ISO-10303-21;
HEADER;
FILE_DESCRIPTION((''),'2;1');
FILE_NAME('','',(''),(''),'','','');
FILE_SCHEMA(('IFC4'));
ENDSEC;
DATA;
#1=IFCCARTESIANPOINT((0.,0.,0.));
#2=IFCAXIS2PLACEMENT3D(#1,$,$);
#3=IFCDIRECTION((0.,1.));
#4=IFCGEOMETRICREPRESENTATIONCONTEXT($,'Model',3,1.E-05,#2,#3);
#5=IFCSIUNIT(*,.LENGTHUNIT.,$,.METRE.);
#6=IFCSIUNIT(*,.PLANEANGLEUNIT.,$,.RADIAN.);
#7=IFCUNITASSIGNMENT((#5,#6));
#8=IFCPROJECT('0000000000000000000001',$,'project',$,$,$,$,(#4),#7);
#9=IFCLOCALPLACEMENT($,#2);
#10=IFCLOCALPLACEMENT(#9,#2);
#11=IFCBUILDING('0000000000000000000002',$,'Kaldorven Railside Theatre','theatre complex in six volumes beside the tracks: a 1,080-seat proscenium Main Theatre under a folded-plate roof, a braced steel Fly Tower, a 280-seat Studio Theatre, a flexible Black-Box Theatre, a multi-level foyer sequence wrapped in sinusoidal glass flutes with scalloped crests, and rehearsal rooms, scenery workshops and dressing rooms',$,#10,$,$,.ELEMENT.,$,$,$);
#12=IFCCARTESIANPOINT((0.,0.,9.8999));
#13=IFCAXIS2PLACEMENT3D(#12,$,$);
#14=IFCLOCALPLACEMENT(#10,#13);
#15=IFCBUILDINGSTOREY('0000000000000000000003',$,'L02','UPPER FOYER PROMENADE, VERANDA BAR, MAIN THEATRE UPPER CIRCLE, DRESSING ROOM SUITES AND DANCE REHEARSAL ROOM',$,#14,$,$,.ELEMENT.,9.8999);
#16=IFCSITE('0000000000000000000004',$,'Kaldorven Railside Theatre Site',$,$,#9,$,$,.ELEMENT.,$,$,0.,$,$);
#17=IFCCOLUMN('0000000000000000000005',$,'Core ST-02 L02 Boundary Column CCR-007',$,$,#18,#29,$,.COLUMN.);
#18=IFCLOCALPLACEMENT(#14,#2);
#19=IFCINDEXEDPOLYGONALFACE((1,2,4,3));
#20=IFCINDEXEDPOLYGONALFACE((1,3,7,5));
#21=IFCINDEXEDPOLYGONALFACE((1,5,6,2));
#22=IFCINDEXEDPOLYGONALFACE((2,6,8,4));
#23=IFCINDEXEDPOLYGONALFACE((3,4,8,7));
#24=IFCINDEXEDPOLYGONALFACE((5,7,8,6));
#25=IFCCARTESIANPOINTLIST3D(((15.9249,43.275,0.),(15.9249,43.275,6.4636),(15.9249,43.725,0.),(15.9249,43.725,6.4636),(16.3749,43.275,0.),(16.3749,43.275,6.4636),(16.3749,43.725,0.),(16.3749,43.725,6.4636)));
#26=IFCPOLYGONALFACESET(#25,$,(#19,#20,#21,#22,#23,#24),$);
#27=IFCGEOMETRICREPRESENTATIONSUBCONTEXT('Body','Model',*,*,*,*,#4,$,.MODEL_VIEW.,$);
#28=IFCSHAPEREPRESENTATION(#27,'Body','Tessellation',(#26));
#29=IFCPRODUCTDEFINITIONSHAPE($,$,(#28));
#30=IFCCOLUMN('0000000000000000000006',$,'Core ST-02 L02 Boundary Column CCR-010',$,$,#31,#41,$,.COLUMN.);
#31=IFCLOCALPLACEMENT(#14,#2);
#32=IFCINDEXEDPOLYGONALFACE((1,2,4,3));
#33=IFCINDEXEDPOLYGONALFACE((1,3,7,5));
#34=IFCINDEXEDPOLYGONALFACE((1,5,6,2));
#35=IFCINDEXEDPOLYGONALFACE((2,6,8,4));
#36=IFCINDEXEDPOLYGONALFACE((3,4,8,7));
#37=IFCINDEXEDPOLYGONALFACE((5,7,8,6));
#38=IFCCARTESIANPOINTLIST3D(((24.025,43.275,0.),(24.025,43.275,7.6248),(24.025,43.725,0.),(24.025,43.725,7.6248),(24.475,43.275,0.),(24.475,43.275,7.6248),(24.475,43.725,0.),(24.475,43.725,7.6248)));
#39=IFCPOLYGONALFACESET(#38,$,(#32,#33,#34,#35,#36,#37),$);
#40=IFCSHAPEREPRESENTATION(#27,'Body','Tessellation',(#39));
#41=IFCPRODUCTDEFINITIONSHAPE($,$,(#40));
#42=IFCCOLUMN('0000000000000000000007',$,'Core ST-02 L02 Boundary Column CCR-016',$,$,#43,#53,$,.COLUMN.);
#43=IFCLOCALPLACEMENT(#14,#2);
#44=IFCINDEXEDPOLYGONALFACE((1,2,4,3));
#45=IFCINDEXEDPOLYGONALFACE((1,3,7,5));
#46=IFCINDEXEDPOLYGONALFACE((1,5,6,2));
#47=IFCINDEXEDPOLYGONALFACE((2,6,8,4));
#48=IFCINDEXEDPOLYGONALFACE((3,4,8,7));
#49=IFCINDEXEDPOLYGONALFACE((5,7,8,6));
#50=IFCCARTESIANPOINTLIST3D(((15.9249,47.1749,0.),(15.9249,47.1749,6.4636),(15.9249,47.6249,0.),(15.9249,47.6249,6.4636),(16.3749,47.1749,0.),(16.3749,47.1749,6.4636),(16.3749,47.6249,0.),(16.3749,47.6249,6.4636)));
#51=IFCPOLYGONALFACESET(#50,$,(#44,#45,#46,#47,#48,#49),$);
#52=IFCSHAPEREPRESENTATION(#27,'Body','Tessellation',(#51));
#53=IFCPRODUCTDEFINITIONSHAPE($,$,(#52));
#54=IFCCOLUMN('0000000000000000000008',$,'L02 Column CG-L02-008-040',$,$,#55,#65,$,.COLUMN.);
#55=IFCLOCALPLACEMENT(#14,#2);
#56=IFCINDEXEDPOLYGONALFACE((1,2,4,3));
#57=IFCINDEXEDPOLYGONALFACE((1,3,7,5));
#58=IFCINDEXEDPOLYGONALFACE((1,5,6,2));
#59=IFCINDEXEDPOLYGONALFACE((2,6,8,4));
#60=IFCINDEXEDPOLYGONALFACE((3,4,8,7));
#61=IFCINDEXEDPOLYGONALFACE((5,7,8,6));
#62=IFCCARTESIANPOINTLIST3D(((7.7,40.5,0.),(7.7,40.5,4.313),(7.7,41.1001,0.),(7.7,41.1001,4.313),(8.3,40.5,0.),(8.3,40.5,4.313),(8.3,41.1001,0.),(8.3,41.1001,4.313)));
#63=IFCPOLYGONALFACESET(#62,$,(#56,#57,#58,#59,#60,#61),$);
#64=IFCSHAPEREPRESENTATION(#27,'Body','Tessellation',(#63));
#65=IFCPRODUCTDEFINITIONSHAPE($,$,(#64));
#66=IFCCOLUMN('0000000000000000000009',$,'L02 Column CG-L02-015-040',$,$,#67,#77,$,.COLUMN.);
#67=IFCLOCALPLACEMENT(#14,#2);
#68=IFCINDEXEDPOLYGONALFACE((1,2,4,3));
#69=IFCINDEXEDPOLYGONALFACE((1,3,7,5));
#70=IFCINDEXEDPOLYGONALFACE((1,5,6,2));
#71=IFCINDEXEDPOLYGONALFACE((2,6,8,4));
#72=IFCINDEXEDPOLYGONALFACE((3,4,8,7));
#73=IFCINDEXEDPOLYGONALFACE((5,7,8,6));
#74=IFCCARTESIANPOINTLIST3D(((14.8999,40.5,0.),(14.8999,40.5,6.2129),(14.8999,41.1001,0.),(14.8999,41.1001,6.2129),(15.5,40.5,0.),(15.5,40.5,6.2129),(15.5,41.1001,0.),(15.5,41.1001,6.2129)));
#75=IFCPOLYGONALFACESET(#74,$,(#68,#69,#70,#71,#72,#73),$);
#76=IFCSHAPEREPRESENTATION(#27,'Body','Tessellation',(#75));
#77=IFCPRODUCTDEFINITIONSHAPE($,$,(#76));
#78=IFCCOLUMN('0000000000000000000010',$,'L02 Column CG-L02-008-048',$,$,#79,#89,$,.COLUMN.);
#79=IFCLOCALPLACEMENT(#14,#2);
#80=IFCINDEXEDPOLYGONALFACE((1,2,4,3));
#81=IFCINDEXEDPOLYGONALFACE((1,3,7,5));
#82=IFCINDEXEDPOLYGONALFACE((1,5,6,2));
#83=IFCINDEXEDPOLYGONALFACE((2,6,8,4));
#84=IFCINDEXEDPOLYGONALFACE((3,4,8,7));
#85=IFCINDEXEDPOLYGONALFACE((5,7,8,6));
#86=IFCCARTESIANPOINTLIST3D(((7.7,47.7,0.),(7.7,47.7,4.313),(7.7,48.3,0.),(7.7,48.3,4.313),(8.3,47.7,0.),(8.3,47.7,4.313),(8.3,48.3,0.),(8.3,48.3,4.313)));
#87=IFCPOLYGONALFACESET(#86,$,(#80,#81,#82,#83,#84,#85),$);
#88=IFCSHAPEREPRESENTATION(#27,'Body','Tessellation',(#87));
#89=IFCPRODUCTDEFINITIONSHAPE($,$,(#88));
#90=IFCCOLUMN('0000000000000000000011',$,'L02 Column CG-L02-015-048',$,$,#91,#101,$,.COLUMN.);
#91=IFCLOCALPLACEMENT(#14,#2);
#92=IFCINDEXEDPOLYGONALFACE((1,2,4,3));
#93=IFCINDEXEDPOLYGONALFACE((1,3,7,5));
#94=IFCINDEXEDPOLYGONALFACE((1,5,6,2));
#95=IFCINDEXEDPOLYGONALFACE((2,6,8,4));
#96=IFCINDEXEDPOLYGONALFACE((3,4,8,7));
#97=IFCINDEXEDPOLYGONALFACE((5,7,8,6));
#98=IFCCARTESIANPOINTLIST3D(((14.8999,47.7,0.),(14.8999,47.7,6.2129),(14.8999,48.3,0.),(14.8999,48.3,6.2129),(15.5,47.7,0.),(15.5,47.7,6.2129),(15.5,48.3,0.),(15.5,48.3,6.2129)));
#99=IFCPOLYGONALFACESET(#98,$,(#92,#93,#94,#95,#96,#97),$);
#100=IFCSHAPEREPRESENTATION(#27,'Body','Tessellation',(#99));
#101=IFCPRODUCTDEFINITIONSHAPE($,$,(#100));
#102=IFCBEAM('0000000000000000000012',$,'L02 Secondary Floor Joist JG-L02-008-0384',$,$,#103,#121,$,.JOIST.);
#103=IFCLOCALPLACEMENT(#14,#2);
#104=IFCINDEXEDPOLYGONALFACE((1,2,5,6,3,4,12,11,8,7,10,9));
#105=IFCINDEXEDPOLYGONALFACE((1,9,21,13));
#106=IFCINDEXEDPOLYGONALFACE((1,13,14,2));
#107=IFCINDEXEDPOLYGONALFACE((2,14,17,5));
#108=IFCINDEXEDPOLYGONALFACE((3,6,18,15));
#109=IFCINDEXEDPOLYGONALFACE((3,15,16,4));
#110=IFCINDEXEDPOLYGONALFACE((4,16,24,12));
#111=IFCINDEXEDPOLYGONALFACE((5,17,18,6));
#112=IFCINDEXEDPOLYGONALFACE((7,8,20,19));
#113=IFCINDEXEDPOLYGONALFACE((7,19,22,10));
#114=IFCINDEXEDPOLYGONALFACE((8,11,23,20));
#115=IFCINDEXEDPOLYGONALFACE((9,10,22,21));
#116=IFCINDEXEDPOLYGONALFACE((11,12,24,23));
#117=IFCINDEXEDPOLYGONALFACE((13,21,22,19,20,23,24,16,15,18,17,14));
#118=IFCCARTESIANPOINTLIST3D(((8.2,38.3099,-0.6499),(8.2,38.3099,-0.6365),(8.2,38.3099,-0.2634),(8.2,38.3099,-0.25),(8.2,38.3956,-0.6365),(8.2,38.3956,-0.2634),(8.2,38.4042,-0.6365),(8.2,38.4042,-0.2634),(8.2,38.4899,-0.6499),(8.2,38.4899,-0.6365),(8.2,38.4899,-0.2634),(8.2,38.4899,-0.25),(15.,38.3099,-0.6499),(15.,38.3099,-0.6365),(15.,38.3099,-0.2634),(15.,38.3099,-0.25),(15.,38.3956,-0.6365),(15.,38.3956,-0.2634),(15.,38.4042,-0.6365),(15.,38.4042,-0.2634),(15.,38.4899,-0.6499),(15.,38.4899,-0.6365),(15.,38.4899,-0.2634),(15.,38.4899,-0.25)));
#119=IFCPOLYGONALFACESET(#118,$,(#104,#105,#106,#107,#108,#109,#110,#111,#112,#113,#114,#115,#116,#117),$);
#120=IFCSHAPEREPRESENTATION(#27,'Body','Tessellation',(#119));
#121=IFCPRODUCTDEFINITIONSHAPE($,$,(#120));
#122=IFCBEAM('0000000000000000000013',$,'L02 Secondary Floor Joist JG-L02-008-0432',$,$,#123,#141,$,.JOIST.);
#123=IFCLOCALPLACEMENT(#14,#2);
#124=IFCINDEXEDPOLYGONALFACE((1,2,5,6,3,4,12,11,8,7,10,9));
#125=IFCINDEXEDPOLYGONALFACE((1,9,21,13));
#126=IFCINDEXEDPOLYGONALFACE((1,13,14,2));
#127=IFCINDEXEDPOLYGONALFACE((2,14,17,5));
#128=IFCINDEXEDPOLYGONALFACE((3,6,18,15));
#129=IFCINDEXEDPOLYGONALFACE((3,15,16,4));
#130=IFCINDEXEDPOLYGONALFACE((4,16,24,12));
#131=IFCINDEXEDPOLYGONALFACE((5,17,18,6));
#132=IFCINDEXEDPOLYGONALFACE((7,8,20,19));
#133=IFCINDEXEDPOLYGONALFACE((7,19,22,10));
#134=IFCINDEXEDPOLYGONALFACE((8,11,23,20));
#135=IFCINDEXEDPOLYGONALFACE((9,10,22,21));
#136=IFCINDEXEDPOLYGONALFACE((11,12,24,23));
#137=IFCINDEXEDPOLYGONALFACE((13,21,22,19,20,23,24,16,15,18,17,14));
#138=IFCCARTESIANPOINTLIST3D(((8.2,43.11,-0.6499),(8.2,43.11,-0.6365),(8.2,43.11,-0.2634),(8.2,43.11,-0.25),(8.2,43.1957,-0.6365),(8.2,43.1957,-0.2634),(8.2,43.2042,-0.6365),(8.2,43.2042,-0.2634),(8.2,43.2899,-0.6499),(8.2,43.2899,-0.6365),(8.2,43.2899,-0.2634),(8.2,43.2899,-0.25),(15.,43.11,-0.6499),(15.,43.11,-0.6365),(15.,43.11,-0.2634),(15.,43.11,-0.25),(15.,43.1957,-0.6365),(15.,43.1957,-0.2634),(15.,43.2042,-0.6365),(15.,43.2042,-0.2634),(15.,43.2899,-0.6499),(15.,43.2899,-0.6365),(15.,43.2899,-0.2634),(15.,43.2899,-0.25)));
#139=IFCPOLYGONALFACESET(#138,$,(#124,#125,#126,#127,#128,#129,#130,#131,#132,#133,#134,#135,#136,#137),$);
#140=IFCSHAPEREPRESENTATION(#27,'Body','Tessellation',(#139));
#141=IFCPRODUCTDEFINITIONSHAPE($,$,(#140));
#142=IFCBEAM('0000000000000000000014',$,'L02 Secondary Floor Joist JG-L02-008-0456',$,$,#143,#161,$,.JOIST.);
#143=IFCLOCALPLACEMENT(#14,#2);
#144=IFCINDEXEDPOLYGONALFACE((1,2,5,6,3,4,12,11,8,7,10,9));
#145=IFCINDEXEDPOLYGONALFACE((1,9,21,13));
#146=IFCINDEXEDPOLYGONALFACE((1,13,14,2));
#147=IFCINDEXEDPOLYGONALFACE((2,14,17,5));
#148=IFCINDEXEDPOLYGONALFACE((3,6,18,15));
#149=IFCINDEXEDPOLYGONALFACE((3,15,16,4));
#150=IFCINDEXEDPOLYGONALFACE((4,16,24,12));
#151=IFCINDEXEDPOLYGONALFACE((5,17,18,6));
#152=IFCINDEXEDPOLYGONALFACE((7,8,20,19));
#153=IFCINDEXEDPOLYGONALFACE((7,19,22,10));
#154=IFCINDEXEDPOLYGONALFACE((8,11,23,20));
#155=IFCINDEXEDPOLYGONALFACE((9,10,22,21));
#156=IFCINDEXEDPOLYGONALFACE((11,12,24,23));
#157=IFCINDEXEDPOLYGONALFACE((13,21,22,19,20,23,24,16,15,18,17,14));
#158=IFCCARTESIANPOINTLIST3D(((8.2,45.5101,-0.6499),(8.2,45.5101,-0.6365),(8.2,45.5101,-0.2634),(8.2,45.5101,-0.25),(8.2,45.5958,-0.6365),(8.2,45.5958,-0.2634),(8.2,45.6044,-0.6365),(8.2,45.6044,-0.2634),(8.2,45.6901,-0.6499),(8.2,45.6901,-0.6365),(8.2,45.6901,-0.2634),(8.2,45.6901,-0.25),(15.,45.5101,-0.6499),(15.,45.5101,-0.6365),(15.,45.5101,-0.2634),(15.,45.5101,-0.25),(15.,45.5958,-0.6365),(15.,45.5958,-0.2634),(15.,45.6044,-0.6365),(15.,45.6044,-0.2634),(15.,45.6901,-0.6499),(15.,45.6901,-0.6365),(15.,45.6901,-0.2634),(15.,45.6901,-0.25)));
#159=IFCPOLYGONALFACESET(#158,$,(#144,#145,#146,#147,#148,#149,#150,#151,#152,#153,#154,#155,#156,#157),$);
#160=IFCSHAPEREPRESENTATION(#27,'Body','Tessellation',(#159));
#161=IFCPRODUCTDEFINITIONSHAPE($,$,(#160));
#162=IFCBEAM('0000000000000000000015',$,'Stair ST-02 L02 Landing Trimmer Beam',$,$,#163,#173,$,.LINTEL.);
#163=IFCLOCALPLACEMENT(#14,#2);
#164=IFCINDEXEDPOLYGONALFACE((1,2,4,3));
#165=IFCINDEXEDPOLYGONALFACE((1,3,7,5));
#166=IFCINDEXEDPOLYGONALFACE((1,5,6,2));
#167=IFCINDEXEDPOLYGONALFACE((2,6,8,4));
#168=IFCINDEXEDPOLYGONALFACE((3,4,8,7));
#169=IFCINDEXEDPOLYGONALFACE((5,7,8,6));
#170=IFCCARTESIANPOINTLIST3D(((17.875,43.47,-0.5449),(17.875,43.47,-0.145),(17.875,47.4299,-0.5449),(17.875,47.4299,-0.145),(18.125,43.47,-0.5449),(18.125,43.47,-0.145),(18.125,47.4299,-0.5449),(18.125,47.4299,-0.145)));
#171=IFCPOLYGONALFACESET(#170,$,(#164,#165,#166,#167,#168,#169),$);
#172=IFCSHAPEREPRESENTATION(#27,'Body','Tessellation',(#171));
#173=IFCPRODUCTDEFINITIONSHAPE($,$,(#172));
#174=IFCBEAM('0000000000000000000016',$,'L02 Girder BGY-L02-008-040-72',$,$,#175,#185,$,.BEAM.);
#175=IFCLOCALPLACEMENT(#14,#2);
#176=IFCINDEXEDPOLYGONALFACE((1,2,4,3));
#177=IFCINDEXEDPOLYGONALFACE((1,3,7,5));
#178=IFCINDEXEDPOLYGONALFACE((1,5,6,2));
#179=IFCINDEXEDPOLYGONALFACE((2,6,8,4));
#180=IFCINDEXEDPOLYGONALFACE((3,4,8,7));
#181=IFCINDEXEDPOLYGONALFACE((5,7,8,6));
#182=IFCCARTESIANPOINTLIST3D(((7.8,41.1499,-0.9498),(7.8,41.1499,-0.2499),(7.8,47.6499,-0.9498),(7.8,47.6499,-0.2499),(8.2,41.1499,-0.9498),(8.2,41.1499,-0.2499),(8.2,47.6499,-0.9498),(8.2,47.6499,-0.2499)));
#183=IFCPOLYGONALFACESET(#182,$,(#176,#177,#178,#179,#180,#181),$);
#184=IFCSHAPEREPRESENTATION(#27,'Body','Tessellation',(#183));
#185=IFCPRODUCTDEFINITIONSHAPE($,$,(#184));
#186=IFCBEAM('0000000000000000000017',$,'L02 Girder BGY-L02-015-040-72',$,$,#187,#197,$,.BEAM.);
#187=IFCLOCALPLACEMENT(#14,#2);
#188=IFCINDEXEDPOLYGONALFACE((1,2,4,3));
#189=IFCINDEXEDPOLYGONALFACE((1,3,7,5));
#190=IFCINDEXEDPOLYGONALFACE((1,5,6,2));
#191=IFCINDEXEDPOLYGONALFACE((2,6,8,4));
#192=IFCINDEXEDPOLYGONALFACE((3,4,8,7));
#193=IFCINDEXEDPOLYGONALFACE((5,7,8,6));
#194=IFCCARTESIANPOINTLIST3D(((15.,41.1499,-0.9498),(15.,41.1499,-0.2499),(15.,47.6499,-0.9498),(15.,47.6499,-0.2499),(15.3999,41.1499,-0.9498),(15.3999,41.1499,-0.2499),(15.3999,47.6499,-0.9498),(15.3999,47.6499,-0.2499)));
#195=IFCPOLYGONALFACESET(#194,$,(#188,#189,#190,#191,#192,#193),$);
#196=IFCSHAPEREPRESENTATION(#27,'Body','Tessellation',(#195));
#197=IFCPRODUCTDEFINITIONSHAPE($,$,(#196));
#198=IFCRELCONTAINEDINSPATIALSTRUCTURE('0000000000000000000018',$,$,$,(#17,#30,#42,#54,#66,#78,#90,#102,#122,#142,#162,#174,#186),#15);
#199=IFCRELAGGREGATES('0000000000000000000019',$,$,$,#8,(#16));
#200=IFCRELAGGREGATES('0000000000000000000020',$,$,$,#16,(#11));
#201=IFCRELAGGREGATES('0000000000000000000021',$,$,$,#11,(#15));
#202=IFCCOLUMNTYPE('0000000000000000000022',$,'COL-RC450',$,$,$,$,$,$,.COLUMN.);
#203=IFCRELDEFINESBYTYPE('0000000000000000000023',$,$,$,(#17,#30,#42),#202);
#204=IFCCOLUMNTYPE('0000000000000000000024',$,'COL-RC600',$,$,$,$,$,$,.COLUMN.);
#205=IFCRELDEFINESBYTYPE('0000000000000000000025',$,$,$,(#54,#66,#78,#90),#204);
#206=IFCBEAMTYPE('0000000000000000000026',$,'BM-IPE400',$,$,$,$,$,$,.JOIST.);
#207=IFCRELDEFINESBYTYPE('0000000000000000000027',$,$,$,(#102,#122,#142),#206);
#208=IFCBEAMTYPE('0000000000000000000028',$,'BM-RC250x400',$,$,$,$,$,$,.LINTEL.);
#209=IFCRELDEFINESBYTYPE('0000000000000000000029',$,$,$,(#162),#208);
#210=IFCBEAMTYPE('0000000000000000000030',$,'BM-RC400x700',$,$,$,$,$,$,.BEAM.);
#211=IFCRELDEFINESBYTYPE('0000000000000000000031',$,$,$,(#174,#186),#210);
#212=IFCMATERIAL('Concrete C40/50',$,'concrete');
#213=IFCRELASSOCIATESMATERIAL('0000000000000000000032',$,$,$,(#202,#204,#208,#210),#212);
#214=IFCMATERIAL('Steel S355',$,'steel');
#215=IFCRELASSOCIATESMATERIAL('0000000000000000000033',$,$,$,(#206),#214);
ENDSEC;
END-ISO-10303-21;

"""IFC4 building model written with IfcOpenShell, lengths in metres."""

from ifc_helpers import new_model, si_unit, direction, frame, origin, origin_2d, place, context, subcontext, project, spatial, rectangle, i_section, extrude, material, material_profile, profile_set, type_object, element, save


model = new_model("IFC4")

# Units and contexts
model_context = context("Model", 3, precision=1e-05, world=origin(), true_north=direction((0.0, 1.0)))
body_context = subcontext(model_context, "Body", "Model", "MODEL_VIEW")
ifc_project = project(units=[si_unit("LENGTHUNIT", "METRE"), si_unit("PLANEANGLEUNIT", "RADIAN")], contexts=[model_context])

# Site, building, storey
site_placement = place(None, origin())
site = spatial("IfcSite", under=ifc_project, at=site_placement, Name="Kaldorven Railside Theatre Site", CompositionType="ELEMENT", RefElevation=0.0)
building_placement = place(site_placement, origin())
building = spatial("IfcBuilding", under=site, at=building_placement, Name="Kaldorven Railside Theatre", Description="theatre complex in six volumes beside the tracks: a 1,080-seat proscenium Main Theatre under a folded-plate roof, a braced steel Fly Tower, a 280-seat Studio Theatre, a flexible Black-Box Theatre, a multi-level foyer sequence wrapped in sinusoidal glass flutes with scalloped crests, and rehearsal rooms, scenery workshops and dressing rooms", CompositionType="ELEMENT")
storey_placement = place(building_placement, frame((0.0, 0.0, 9.8999)))
storey = spatial("IfcBuildingStorey", under=building, at=storey_placement, Name="L02", Description="UPPER FOYER PROMENADE, VERANDA BAR, MAIN THEATRE UPPER CIRCLE, DRESSING ROOM SUITES AND DANCE REHEARSAL ROOM", CompositionType="ELEMENT", Elevation=9.8999)

# Columns
ifc_material_1 = material(Name="Concrete C40/50", Category="concrete")
ifc_material_profile_1 = material_profile(ifc_material_1, rectangle(XDim=0.45, YDim=0.45, at=origin_2d()), Name="RC 450x450")
ifc_profile_set_1 = profile_set([ifc_material_profile_1], Name="Concrete C40/50")
column_type_1 = type_object("IfcColumnType", Name="COL-RC450", PredefinedType="COLUMN", material=ifc_profile_set_1)
column_1_placement = place(storey_placement, frame((16.1499, 43.5, 0.0), z_axis=(0.0, 0.0, 1.0), x_axis=(1.0, 0.0, 0.0)))
element("IfcColumn", 1, at=column_1_placement, inside=storey, type_object=column_type_1, Name="Core ST-02 L02 Boundary Column CCR-007", PredefinedType="COLUMN", context=body_context, shape_type="SweptSolid", body=[
    extrude(rectangle(XDim=0.45, YDim=0.45, at=origin_2d()), origin(), (0.0, 0.0, 1.0), 6.4636),
])
column_2_placement = place(storey_placement, frame((24.25, 43.5, 0.0), z_axis=(0.0, 0.0, 1.0), x_axis=(1.0, 0.0, 0.0)))
element("IfcColumn", 2, at=column_2_placement, inside=storey, type_object=column_type_1, Name="Core ST-02 L02 Boundary Column CCR-010", PredefinedType="COLUMN", context=body_context, shape_type="SweptSolid", body=[
    extrude(rectangle(XDim=0.45, YDim=0.45, at=origin_2d()), origin(), (0.0, 0.0, 1.0), 7.6248),
])
column_3_placement = place(storey_placement, frame((16.1499, 47.3999, 0.0), z_axis=(0.0, 0.0, 1.0), x_axis=(1.0, 0.0, 0.0)))
element("IfcColumn", 3, at=column_3_placement, inside=storey, type_object=column_type_1, Name="Core ST-02 L02 Boundary Column CCR-016", PredefinedType="COLUMN", context=body_context, shape_type="SweptSolid", body=[
    extrude(rectangle(XDim=0.45, YDim=0.45, at=origin_2d()), origin(), (0.0, 0.0, 1.0), 6.4636),
])
ifc_material_profile_2 = material_profile(ifc_material_1, rectangle(XDim=0.6001, YDim=0.6001, at=origin_2d()), Name="RC 600x600")
ifc_profile_set_2 = profile_set([ifc_material_profile_2], Name="Concrete C40/50")
column_type_2 = type_object("IfcColumnType", Name="COL-RC600", PredefinedType="COLUMN", material=ifc_profile_set_2)
column_4_placement = place(storey_placement, frame((8.0, 40.8, 0.0), z_axis=(0.0, 0.0, 1.0), x_axis=(1.0, 0.0, 0.0)))
element("IfcColumn", 4, at=column_4_placement, inside=storey, type_object=column_type_2, Name="L02 Column CG-L02-008-040", PredefinedType="COLUMN", context=body_context, shape_type="SweptSolid", body=[
    extrude(rectangle(XDim=0.6001, YDim=0.6001, at=origin_2d()), origin(), (0.0, 0.0, 1.0), 4.313),
])
column_5_placement = place(storey_placement, frame((15.2, 40.8, 0.0), z_axis=(0.0, 0.0, 1.0), x_axis=(1.0, 0.0, 0.0)))
element("IfcColumn", 5, at=column_5_placement, inside=storey, type_object=column_type_2, Name="L02 Column CG-L02-015-040", PredefinedType="COLUMN", context=body_context, shape_type="SweptSolid", body=[
    extrude(rectangle(XDim=0.6001, YDim=0.6001, at=origin_2d()), origin(), (0.0, 0.0, 1.0), 6.2129),
])
column_6_placement = place(storey_placement, frame((8.0, 48.0, 0.0), z_axis=(0.0, 0.0, 1.0), x_axis=(1.0, 0.0, 0.0)))
element("IfcColumn", 6, at=column_6_placement, inside=storey, type_object=column_type_2, Name="L02 Column CG-L02-008-048", PredefinedType="COLUMN", context=body_context, shape_type="SweptSolid", body=[
    extrude(rectangle(XDim=0.6001, YDim=0.6001, at=origin_2d()), origin(), (0.0, 0.0, 1.0), 4.313),
])
column_7_placement = place(storey_placement, frame((15.2, 48.0, 0.0), z_axis=(0.0, 0.0, 1.0), x_axis=(0.0, 1.0, 0.0)))
element("IfcColumn", 7, at=column_7_placement, inside=storey, type_object=column_type_2, Name="L02 Column CG-L02-015-048", PredefinedType="COLUMN", context=body_context, shape_type="SweptSolid", body=[
    extrude(rectangle(XDim=0.6001, YDim=0.6001, at=origin_2d()), origin(), (0.0, 0.0, 1.0), 6.2129),
])

# Beams
ifc_material_2 = material(Name="Steel S355", Category="steel")
ifc_material_profile_3 = material_profile(ifc_material_2, i_section(OverallWidth=0.1799, OverallDepth=0.3999, WebThickness=0.0085, FlangeThickness=0.0134, at=origin_2d()), Name="IPE 400")
ifc_profile_set_3 = profile_set([ifc_material_profile_3], Name="Steel S355")
beam_type_1 = type_object("IfcBeamType", Name="BM-IPE400", PredefinedType="JOIST", material=ifc_profile_set_3)
for number, where, z_axis, x_axis, name in (
    (8, (8.2, 38.3999, -0.45), (1.0, 0.0, 0.0), (0.0, 1.0, 0.0), "L02 Secondary Floor Joist JG-L02-008-0384"),
    (9, (8.2, 43.2, -0.45), (1.0, 0.0, 0.0), (0.0, 1.0, 0.0), "L02 Secondary Floor Joist JG-L02-008-0432"),
    (10, (8.2, 45.6001, -0.45), (1.0, 0.0, 0.0), (0.0, 1.0, 0.0), "L02 Secondary Floor Joist JG-L02-008-0456"),
):
    element("IfcBeam", number, at=place(storey_placement, frame(where, z_axis=z_axis, x_axis=x_axis)), inside=storey, type_object=beam_type_1, Name=name, PredefinedType="JOIST", context=body_context, shape_type="SweptSolid", body=[
        extrude(i_section(OverallWidth=0.1799, OverallDepth=0.3999, WebThickness=0.0085, FlangeThickness=0.0134, at=origin_2d()), origin(), (0.0, 0.0, 1.0), 6.8),
    ])
ifc_material_profile_4 = material_profile(ifc_material_1, rectangle(XDim=0.25, YDim=0.3999, at=origin_2d()), Name="RC 250x400")
ifc_profile_set_4 = profile_set([ifc_material_profile_4], Name="Concrete C40/50")
beam_type_2 = type_object("IfcBeamType", Name="BM-RC250x400", PredefinedType="LINTEL", material=ifc_profile_set_4)
beam_placement = place(storey_placement, frame((18.0, 43.47, -0.345), z_axis=(0.0, 1.0, 0.0), x_axis=(-1.0, 0.0, 0.0)))
element("IfcBeam", 11, at=beam_placement, inside=storey, type_object=beam_type_2, Name="Stair ST-02 L02 Landing Trimmer Beam", PredefinedType="LINTEL", context=body_context, shape_type="SweptSolid", body=[
    extrude(rectangle(XDim=0.25, YDim=0.3999, at=origin_2d()), origin(), (0.0, 0.0, 1.0), 3.96),
])
ifc_material_profile_5 = material_profile(ifc_material_1, rectangle(XDim=0.3999, YDim=0.7, at=origin_2d()), Name="RC 400x700")
ifc_profile_set_5 = profile_set([ifc_material_profile_5], Name="Concrete C40/50")
beam_type_3 = type_object("IfcBeamType", Name="BM-RC400x700", PredefinedType="BEAM", material=ifc_profile_set_5)
for number, where, z_axis, x_axis, name in (
    (12, (8.0, 41.1499, -0.5999), (0.0, 1.0, 0.0), (-1.0, 0.0, 0.0), "L02 Girder BGY-L02-008-040-72"),
    (13, (15.2, 41.1499, -0.5999), (0.0, 1.0, 0.0), (-1.0, 0.0, 0.0), "L02 Girder BGY-L02-015-040-72"),
):
    element("IfcBeam", number, at=place(storey_placement, frame(where, z_axis=z_axis, x_axis=x_axis)), inside=storey, type_object=beam_type_3, Name=name, PredefinedType="BEAM", context=body_context, shape_type="SweptSolid", body=[
        extrude(rectangle(XDim=0.3999, YDim=0.7, at=origin_2d()), origin(), (0.0, 0.0, 1.0), 6.5),
    ])

save(model, "model.ifc")
